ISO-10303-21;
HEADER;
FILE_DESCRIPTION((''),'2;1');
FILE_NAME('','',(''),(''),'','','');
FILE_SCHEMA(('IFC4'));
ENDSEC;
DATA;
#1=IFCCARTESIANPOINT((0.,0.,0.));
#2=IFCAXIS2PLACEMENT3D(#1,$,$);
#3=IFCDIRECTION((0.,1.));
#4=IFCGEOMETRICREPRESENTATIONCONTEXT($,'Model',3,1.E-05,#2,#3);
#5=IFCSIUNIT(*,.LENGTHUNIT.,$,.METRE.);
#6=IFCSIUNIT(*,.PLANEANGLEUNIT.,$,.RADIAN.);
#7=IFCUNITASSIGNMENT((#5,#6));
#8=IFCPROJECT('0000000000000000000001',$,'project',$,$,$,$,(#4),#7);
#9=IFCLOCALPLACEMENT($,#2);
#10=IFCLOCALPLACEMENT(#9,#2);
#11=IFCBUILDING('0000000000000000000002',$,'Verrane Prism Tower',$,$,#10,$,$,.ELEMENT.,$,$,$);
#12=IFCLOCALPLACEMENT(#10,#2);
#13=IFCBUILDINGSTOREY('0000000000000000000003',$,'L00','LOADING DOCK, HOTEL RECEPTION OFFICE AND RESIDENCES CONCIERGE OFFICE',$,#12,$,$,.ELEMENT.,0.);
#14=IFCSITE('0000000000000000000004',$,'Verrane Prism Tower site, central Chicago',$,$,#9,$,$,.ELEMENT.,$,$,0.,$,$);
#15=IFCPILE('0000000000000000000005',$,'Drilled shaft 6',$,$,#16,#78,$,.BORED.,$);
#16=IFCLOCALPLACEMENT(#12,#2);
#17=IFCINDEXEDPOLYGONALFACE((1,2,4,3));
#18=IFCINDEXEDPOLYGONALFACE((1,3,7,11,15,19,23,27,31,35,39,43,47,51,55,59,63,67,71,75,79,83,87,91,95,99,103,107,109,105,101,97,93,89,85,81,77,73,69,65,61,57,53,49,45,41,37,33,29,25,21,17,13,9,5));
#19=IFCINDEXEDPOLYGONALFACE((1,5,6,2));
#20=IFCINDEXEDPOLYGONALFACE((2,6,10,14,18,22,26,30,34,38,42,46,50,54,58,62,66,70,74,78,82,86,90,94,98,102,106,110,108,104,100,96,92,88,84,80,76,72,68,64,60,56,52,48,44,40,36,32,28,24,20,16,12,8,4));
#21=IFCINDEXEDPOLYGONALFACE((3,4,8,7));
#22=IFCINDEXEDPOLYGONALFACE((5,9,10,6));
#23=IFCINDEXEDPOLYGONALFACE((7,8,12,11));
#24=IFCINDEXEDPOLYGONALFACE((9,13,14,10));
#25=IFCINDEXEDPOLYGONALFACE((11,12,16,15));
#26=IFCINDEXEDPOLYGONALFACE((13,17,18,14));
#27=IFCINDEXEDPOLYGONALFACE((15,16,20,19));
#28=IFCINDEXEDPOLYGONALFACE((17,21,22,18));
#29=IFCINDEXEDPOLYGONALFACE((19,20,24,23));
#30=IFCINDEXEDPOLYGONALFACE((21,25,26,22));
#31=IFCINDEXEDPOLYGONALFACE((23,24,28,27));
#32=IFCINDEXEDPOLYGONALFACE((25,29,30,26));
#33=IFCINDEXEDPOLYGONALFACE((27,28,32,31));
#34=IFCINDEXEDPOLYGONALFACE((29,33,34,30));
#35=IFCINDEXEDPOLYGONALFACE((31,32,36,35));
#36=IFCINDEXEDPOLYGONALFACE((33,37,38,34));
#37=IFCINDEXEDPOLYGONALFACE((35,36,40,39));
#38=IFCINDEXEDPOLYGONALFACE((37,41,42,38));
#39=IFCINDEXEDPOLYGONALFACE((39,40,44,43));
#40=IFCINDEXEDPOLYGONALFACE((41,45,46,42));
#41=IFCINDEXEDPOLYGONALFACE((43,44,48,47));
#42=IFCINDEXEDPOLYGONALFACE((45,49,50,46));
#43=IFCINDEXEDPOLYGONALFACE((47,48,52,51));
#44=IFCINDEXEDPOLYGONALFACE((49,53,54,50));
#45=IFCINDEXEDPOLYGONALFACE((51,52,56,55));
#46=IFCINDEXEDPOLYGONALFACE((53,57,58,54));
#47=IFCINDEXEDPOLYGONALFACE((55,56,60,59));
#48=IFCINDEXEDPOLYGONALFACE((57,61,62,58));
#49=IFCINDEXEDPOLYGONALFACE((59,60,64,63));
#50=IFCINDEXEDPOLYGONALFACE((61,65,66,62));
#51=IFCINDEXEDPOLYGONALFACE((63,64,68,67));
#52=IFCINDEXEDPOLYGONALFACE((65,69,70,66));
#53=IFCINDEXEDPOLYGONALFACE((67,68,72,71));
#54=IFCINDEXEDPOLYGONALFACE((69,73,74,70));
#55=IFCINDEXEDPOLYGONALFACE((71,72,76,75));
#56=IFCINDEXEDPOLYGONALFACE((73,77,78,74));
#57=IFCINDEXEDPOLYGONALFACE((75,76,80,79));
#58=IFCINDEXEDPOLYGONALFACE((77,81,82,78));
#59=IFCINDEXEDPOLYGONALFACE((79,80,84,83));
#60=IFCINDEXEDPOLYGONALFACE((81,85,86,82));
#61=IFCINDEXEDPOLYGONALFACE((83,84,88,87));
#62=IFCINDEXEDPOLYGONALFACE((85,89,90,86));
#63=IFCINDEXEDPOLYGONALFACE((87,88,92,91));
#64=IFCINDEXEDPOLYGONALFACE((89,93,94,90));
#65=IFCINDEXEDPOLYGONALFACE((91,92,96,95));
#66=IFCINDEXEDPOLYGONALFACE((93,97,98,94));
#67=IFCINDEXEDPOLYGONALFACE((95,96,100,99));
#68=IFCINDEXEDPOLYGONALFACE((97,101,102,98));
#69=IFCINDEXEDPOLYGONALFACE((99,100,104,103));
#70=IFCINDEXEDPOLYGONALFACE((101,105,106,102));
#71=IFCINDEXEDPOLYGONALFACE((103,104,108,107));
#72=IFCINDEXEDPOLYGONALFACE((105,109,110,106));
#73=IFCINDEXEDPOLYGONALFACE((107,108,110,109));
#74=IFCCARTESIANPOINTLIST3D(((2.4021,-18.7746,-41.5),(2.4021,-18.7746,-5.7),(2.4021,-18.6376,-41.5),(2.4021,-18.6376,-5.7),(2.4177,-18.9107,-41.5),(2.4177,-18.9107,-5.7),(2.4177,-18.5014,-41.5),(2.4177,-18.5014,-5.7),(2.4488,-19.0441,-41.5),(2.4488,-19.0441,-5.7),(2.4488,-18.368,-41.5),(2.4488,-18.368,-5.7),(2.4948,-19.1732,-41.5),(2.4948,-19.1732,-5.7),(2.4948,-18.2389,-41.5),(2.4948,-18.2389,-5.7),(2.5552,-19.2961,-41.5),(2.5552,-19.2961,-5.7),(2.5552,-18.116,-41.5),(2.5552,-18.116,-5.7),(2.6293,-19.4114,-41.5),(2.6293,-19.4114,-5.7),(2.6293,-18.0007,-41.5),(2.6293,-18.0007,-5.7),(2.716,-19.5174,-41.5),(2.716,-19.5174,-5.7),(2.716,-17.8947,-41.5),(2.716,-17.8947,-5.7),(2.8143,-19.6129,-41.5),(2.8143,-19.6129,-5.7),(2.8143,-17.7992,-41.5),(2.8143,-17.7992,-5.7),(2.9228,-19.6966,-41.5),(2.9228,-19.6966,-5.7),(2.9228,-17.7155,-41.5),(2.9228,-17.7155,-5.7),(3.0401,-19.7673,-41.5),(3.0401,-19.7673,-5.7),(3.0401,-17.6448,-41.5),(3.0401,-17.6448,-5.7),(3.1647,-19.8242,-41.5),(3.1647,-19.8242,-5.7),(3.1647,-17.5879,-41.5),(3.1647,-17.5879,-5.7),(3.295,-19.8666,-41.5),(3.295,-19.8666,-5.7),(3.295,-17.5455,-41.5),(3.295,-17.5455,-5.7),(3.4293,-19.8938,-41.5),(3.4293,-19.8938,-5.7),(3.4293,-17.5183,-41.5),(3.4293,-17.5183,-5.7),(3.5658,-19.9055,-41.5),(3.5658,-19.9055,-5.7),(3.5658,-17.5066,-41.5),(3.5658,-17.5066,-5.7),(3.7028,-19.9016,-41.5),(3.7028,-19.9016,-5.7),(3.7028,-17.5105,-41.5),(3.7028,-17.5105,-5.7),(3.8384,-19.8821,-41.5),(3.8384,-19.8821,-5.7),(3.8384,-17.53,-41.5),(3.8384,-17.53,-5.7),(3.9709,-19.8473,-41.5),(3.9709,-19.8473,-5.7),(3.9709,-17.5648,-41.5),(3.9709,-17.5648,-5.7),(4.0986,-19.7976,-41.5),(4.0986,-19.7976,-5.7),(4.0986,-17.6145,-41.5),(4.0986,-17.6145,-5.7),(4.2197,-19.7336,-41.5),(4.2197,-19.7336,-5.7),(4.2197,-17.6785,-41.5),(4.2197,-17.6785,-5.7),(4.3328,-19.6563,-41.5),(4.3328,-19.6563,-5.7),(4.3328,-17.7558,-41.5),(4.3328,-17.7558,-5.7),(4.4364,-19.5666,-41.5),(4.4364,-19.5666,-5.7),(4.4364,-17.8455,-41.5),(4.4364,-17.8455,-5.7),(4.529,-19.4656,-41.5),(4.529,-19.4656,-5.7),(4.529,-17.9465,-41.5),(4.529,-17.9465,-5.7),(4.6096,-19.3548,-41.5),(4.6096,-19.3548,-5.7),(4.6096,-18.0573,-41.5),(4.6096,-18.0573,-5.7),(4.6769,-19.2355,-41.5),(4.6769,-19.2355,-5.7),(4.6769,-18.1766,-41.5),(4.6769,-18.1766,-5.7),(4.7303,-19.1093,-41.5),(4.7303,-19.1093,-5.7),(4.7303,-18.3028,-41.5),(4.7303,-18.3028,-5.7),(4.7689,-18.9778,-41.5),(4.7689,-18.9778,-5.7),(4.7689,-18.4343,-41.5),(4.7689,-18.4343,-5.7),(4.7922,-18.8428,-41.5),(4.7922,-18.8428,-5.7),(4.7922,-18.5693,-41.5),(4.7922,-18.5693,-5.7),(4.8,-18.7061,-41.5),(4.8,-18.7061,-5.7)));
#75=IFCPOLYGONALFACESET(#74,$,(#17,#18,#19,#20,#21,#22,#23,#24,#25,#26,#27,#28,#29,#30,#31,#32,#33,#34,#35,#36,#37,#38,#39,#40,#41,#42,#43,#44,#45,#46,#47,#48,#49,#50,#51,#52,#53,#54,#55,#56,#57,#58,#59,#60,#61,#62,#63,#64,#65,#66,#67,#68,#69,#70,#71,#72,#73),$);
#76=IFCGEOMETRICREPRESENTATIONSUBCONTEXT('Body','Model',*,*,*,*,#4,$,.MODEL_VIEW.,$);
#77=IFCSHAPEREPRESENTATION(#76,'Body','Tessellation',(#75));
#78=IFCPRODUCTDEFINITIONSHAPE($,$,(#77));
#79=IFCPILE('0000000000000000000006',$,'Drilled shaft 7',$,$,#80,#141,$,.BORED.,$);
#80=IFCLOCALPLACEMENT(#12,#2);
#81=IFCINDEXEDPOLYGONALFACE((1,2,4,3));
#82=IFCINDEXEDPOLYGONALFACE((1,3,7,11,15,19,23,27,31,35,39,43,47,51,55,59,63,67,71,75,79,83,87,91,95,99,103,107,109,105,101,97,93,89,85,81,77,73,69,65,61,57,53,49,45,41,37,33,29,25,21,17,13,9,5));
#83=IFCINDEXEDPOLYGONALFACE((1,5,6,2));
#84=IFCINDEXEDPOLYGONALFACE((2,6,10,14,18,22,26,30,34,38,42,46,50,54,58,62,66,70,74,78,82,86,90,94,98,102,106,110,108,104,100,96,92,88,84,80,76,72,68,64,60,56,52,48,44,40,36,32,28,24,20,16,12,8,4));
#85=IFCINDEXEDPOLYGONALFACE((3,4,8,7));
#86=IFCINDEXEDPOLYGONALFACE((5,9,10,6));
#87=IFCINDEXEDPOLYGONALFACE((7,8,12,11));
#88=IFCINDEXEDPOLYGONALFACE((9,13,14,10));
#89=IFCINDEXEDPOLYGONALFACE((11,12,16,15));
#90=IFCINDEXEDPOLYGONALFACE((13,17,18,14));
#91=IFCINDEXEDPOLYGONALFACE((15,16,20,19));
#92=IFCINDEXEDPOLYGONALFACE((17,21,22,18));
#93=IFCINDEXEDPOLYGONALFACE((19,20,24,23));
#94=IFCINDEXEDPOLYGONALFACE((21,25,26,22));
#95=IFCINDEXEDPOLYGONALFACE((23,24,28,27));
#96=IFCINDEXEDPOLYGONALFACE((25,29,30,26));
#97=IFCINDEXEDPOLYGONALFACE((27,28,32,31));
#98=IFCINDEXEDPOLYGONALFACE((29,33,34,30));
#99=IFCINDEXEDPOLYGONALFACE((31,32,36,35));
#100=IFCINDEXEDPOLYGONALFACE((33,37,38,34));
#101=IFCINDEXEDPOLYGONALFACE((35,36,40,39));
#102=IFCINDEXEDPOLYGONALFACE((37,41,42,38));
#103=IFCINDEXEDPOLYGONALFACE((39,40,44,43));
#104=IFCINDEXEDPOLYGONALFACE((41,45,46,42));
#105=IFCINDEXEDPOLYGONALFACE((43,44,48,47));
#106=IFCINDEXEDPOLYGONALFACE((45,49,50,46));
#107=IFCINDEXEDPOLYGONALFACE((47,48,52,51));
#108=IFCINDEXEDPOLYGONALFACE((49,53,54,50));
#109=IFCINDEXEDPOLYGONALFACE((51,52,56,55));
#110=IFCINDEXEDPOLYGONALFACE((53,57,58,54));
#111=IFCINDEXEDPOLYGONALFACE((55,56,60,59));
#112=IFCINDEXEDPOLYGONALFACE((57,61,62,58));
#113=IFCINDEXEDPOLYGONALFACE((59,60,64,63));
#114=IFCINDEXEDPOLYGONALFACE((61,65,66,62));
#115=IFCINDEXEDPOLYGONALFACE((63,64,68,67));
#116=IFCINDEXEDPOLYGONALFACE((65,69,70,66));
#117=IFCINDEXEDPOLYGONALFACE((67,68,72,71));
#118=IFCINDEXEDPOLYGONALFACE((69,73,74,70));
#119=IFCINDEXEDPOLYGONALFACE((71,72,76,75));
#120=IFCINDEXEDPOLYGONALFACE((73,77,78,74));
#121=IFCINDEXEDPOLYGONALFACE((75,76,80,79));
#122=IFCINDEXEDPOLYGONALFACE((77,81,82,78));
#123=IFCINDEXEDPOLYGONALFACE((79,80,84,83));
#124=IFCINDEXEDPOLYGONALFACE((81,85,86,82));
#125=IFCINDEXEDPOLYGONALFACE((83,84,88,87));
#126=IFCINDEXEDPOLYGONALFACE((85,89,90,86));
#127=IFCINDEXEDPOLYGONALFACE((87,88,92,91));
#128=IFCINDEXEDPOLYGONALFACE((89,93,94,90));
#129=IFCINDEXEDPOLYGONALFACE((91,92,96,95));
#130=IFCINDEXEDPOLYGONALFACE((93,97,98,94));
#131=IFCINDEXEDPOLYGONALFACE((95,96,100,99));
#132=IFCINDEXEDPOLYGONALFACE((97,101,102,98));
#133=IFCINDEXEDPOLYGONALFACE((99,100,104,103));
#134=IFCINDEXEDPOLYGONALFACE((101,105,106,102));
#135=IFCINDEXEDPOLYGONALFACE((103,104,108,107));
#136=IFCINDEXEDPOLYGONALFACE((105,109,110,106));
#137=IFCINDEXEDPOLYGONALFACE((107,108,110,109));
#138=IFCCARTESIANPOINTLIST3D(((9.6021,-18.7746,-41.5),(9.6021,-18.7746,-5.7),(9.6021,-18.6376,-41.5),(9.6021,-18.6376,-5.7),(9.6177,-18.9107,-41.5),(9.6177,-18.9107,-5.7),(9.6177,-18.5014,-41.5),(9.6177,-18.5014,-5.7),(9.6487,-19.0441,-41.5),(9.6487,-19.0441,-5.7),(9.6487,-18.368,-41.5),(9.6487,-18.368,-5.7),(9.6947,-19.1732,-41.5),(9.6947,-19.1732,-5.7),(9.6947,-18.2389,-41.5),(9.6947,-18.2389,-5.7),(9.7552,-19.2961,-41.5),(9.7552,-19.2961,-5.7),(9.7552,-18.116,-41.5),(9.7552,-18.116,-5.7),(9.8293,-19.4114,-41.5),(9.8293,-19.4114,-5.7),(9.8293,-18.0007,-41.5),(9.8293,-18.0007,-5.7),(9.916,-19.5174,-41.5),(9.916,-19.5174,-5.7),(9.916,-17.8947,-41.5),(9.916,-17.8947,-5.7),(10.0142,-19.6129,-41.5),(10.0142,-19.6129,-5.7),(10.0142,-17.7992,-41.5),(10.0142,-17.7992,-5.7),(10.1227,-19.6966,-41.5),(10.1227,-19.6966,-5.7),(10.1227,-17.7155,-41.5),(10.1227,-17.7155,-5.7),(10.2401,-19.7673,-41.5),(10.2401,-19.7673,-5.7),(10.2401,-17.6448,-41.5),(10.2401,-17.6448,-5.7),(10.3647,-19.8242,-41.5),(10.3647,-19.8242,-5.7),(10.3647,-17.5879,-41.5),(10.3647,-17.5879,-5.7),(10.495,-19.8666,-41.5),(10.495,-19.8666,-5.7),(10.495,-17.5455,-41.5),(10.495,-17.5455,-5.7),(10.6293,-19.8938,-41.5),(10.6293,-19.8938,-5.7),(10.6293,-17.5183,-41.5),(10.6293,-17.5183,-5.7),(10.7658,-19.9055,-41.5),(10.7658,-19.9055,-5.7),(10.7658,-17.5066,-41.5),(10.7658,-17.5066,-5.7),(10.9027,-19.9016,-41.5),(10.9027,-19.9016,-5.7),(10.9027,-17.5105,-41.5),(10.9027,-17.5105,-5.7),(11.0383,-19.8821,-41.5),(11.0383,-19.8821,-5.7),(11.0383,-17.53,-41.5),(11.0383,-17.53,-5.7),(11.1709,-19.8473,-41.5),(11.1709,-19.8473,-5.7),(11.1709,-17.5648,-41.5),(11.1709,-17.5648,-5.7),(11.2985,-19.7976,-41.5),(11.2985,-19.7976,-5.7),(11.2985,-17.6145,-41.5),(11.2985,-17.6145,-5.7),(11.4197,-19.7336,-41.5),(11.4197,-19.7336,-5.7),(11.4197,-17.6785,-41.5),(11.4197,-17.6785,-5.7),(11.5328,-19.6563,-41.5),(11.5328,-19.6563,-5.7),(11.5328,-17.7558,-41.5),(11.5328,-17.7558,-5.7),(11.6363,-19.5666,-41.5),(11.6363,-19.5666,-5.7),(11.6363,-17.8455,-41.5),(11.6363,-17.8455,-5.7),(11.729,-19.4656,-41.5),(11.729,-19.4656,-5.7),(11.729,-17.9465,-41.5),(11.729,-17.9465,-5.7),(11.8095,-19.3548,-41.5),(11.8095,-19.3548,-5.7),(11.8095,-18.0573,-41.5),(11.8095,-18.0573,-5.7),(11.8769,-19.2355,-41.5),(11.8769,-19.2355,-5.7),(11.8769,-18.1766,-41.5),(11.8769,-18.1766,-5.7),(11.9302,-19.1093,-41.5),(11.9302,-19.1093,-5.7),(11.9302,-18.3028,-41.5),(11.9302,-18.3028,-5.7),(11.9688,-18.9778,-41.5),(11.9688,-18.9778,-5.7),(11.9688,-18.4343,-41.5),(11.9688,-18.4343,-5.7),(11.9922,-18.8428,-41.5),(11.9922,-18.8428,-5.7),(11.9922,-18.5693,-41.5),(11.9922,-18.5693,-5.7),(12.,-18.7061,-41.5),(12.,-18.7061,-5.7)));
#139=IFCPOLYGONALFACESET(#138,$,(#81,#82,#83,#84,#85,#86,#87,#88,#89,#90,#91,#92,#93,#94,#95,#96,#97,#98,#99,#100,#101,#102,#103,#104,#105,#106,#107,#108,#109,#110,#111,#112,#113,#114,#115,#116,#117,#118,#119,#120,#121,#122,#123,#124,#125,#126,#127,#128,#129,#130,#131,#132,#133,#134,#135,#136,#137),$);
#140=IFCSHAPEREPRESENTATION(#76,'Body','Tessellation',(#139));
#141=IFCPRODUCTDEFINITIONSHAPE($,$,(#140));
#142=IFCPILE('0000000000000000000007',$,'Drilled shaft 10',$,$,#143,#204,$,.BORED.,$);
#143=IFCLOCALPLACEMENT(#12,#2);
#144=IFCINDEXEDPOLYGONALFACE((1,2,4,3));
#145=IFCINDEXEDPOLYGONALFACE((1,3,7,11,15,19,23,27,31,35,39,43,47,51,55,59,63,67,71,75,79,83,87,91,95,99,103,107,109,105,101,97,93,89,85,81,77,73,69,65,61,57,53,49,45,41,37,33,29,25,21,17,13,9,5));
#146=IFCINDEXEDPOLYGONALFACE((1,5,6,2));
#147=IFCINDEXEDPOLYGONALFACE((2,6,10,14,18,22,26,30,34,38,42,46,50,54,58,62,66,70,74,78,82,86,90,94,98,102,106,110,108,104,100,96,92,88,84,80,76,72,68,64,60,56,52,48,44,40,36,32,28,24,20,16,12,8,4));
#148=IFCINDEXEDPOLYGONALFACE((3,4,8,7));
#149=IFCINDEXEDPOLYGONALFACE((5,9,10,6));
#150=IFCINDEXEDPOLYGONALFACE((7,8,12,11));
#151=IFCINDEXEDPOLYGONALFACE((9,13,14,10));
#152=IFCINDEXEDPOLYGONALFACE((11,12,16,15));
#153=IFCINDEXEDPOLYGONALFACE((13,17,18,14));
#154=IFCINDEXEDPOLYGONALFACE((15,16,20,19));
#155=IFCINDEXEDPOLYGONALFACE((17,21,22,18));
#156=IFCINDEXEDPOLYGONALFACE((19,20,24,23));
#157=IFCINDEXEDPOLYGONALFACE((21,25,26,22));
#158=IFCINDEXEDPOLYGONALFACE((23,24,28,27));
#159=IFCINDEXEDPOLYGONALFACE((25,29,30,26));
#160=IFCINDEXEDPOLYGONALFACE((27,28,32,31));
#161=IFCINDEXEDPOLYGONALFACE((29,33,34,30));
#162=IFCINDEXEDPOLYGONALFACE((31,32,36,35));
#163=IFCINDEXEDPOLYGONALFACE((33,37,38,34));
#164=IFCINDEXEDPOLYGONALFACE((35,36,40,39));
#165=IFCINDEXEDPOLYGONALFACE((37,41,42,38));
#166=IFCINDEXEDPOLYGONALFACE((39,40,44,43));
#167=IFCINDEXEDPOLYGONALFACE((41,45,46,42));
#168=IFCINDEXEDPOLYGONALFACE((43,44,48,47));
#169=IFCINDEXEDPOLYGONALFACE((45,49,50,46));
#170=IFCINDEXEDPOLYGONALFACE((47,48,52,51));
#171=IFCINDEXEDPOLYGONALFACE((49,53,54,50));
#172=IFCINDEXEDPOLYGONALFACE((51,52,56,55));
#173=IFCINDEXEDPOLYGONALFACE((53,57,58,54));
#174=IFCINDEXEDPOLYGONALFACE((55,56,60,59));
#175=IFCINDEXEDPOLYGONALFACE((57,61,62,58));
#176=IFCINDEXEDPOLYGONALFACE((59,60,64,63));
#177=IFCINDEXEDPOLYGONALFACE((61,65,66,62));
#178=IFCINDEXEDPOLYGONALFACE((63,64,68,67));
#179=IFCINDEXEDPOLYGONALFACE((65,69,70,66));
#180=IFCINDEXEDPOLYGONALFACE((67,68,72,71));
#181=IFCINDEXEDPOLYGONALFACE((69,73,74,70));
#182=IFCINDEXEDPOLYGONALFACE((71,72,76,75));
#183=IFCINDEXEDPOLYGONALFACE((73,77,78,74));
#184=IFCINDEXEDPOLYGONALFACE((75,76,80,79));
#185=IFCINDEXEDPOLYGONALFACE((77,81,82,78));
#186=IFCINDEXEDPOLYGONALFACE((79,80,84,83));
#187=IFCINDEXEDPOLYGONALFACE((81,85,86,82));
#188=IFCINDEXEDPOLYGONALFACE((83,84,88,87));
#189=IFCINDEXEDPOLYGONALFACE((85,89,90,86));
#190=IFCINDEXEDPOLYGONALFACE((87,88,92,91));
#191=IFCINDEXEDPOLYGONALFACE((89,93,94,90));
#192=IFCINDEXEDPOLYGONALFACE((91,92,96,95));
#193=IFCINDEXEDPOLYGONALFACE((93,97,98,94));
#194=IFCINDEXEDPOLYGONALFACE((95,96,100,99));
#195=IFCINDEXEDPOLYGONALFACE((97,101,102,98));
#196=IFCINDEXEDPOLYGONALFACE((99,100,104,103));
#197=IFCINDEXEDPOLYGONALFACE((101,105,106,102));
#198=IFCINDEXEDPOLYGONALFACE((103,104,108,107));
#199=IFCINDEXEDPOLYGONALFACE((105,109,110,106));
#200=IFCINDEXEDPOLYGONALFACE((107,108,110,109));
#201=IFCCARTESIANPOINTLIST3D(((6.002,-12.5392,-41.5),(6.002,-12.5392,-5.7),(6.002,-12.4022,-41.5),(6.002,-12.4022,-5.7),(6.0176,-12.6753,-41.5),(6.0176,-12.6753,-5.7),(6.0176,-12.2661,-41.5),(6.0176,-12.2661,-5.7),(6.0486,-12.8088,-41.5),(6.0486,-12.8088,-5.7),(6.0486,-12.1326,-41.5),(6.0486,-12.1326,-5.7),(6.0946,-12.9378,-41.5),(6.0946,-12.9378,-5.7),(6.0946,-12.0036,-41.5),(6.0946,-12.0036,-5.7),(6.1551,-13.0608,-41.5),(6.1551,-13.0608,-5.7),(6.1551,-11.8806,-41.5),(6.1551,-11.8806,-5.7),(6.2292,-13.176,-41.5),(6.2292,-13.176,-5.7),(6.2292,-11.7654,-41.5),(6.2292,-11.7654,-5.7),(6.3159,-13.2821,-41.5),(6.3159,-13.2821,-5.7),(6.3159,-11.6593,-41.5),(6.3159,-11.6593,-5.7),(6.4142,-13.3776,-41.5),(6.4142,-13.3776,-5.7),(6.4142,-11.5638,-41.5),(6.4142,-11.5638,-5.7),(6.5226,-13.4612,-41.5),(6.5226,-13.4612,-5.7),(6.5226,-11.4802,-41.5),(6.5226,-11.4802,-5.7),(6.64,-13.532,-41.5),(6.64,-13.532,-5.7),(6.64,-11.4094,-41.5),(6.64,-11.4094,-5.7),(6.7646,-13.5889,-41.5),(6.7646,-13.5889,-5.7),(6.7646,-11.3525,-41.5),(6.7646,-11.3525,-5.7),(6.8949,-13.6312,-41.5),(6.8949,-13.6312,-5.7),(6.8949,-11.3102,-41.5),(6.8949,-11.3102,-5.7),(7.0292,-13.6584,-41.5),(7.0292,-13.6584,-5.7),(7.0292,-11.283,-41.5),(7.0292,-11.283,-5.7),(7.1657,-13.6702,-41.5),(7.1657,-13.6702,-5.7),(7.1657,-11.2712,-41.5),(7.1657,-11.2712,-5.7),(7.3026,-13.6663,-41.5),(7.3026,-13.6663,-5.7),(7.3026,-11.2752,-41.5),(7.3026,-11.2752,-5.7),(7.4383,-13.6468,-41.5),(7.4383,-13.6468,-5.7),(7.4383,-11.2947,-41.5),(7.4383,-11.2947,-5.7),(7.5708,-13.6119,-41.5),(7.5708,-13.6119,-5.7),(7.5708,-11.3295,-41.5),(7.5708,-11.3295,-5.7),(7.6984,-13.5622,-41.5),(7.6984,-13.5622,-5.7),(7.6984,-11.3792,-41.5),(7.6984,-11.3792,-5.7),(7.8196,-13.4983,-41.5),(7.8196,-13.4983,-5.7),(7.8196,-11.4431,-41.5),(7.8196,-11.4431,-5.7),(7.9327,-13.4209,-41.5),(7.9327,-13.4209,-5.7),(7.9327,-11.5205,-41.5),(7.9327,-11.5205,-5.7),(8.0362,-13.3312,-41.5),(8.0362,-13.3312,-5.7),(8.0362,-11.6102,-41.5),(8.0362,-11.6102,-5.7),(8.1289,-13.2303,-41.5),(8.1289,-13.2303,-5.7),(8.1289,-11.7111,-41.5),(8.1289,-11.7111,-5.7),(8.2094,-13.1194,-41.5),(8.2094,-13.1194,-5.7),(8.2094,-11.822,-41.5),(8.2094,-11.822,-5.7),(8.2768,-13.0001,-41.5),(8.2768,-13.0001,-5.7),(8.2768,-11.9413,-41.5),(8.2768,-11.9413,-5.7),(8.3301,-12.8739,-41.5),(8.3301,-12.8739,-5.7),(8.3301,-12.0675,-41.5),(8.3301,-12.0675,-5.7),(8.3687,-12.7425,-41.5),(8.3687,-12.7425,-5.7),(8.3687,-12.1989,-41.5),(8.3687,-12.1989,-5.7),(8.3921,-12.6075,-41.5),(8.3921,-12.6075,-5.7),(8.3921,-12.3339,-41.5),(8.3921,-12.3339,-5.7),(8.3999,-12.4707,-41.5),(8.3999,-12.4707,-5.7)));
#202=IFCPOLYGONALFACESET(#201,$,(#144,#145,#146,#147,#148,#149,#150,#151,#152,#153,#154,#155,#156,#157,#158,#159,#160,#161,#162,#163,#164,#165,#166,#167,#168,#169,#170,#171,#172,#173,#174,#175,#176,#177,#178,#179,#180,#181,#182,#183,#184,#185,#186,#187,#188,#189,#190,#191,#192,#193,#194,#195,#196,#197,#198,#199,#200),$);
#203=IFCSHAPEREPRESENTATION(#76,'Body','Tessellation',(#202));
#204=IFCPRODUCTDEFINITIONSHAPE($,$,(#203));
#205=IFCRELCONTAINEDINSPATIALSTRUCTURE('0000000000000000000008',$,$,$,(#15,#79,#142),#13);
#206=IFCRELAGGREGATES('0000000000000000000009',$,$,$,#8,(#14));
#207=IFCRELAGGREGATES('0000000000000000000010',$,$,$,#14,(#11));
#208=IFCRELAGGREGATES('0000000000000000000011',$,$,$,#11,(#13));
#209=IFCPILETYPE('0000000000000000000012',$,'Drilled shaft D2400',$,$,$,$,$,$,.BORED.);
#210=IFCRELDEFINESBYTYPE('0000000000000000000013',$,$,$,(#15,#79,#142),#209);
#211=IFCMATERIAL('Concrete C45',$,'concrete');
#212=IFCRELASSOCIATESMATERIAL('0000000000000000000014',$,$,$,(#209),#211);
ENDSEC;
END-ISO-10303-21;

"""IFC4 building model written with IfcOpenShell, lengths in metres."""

from ifc_helpers import new_model, si_unit, direction, frame, origin, origin_2d, place, context, subcontext, project, spatial, circle, extrude, material, type_object, element, save


model = new_model("IFC4")

# Units and contexts
model_context = context("Model", 3, precision=1e-05, world=origin(), true_north=direction((0.0, 1.0)))
body_context = subcontext(model_context, "Body", "Model", "MODEL_VIEW")
ifc_project = project(units=[si_unit("LENGTHUNIT", "METRE"), si_unit("PLANEANGLEUNIT", "RADIAN")], contexts=[model_context])

# Site, building, storey
site_placement = place(None, origin())
site = spatial("IfcSite", under=ifc_project, at=site_placement, Name="Verrane Prism Tower site, central Chicago", CompositionType="ELEMENT", RefElevation=0.0)
building_placement = place(site_placement, origin())
building = spatial("IfcBuilding", under=site, at=building_placement, Name="Verrane Prism Tower", CompositionType="ELEMENT")
storey_placement = place(building_placement, origin())
storey = spatial("IfcBuildingStorey", under=building, at=storey_placement, Name="L00", Description="LOADING DOCK, HOTEL RECEPTION OFFICE AND RESIDENCES CONCIERGE OFFICE", CompositionType="ELEMENT", Elevation=0.0)

# Piles
ifc_material_1 = material(Name="Concrete C45", Category="concrete")
pile_type = type_object("IfcPileType", Name="Drilled shaft D2400", PredefinedType="BORED", material=ifc_material_1)
for number, where, z_axis, x_axis, name in (
    (1, (3.6001, -18.7061, -5.7), (0.0, 0.0, -1.0), (1.0, 0.0, 0.0), "Drilled shaft 6"),
    (2, (10.8, -18.7061, -5.7), (0.0, 0.0, -1.0), (1.0, 0.0, 0.0), "Drilled shaft 7"),
    (3, (7.2, -12.4707, -5.7), (0.0, 0.0, -1.0), (1.0, 0.0, 0.0), "Drilled shaft 10"),
):
    element("IfcPile", number, at=place(storey_placement, frame(where, z_axis=z_axis, x_axis=x_axis)), inside=storey, type_object=pile_type, Name=name, PredefinedType="BORED", context=body_context, shape_type="SweptSolid", body=[
        extrude(circle(Radius=1.2, at=origin_2d()), origin(), (0.0, 0.0, 1.0), 35.8),
    ])

save(model, "model.ifc")
